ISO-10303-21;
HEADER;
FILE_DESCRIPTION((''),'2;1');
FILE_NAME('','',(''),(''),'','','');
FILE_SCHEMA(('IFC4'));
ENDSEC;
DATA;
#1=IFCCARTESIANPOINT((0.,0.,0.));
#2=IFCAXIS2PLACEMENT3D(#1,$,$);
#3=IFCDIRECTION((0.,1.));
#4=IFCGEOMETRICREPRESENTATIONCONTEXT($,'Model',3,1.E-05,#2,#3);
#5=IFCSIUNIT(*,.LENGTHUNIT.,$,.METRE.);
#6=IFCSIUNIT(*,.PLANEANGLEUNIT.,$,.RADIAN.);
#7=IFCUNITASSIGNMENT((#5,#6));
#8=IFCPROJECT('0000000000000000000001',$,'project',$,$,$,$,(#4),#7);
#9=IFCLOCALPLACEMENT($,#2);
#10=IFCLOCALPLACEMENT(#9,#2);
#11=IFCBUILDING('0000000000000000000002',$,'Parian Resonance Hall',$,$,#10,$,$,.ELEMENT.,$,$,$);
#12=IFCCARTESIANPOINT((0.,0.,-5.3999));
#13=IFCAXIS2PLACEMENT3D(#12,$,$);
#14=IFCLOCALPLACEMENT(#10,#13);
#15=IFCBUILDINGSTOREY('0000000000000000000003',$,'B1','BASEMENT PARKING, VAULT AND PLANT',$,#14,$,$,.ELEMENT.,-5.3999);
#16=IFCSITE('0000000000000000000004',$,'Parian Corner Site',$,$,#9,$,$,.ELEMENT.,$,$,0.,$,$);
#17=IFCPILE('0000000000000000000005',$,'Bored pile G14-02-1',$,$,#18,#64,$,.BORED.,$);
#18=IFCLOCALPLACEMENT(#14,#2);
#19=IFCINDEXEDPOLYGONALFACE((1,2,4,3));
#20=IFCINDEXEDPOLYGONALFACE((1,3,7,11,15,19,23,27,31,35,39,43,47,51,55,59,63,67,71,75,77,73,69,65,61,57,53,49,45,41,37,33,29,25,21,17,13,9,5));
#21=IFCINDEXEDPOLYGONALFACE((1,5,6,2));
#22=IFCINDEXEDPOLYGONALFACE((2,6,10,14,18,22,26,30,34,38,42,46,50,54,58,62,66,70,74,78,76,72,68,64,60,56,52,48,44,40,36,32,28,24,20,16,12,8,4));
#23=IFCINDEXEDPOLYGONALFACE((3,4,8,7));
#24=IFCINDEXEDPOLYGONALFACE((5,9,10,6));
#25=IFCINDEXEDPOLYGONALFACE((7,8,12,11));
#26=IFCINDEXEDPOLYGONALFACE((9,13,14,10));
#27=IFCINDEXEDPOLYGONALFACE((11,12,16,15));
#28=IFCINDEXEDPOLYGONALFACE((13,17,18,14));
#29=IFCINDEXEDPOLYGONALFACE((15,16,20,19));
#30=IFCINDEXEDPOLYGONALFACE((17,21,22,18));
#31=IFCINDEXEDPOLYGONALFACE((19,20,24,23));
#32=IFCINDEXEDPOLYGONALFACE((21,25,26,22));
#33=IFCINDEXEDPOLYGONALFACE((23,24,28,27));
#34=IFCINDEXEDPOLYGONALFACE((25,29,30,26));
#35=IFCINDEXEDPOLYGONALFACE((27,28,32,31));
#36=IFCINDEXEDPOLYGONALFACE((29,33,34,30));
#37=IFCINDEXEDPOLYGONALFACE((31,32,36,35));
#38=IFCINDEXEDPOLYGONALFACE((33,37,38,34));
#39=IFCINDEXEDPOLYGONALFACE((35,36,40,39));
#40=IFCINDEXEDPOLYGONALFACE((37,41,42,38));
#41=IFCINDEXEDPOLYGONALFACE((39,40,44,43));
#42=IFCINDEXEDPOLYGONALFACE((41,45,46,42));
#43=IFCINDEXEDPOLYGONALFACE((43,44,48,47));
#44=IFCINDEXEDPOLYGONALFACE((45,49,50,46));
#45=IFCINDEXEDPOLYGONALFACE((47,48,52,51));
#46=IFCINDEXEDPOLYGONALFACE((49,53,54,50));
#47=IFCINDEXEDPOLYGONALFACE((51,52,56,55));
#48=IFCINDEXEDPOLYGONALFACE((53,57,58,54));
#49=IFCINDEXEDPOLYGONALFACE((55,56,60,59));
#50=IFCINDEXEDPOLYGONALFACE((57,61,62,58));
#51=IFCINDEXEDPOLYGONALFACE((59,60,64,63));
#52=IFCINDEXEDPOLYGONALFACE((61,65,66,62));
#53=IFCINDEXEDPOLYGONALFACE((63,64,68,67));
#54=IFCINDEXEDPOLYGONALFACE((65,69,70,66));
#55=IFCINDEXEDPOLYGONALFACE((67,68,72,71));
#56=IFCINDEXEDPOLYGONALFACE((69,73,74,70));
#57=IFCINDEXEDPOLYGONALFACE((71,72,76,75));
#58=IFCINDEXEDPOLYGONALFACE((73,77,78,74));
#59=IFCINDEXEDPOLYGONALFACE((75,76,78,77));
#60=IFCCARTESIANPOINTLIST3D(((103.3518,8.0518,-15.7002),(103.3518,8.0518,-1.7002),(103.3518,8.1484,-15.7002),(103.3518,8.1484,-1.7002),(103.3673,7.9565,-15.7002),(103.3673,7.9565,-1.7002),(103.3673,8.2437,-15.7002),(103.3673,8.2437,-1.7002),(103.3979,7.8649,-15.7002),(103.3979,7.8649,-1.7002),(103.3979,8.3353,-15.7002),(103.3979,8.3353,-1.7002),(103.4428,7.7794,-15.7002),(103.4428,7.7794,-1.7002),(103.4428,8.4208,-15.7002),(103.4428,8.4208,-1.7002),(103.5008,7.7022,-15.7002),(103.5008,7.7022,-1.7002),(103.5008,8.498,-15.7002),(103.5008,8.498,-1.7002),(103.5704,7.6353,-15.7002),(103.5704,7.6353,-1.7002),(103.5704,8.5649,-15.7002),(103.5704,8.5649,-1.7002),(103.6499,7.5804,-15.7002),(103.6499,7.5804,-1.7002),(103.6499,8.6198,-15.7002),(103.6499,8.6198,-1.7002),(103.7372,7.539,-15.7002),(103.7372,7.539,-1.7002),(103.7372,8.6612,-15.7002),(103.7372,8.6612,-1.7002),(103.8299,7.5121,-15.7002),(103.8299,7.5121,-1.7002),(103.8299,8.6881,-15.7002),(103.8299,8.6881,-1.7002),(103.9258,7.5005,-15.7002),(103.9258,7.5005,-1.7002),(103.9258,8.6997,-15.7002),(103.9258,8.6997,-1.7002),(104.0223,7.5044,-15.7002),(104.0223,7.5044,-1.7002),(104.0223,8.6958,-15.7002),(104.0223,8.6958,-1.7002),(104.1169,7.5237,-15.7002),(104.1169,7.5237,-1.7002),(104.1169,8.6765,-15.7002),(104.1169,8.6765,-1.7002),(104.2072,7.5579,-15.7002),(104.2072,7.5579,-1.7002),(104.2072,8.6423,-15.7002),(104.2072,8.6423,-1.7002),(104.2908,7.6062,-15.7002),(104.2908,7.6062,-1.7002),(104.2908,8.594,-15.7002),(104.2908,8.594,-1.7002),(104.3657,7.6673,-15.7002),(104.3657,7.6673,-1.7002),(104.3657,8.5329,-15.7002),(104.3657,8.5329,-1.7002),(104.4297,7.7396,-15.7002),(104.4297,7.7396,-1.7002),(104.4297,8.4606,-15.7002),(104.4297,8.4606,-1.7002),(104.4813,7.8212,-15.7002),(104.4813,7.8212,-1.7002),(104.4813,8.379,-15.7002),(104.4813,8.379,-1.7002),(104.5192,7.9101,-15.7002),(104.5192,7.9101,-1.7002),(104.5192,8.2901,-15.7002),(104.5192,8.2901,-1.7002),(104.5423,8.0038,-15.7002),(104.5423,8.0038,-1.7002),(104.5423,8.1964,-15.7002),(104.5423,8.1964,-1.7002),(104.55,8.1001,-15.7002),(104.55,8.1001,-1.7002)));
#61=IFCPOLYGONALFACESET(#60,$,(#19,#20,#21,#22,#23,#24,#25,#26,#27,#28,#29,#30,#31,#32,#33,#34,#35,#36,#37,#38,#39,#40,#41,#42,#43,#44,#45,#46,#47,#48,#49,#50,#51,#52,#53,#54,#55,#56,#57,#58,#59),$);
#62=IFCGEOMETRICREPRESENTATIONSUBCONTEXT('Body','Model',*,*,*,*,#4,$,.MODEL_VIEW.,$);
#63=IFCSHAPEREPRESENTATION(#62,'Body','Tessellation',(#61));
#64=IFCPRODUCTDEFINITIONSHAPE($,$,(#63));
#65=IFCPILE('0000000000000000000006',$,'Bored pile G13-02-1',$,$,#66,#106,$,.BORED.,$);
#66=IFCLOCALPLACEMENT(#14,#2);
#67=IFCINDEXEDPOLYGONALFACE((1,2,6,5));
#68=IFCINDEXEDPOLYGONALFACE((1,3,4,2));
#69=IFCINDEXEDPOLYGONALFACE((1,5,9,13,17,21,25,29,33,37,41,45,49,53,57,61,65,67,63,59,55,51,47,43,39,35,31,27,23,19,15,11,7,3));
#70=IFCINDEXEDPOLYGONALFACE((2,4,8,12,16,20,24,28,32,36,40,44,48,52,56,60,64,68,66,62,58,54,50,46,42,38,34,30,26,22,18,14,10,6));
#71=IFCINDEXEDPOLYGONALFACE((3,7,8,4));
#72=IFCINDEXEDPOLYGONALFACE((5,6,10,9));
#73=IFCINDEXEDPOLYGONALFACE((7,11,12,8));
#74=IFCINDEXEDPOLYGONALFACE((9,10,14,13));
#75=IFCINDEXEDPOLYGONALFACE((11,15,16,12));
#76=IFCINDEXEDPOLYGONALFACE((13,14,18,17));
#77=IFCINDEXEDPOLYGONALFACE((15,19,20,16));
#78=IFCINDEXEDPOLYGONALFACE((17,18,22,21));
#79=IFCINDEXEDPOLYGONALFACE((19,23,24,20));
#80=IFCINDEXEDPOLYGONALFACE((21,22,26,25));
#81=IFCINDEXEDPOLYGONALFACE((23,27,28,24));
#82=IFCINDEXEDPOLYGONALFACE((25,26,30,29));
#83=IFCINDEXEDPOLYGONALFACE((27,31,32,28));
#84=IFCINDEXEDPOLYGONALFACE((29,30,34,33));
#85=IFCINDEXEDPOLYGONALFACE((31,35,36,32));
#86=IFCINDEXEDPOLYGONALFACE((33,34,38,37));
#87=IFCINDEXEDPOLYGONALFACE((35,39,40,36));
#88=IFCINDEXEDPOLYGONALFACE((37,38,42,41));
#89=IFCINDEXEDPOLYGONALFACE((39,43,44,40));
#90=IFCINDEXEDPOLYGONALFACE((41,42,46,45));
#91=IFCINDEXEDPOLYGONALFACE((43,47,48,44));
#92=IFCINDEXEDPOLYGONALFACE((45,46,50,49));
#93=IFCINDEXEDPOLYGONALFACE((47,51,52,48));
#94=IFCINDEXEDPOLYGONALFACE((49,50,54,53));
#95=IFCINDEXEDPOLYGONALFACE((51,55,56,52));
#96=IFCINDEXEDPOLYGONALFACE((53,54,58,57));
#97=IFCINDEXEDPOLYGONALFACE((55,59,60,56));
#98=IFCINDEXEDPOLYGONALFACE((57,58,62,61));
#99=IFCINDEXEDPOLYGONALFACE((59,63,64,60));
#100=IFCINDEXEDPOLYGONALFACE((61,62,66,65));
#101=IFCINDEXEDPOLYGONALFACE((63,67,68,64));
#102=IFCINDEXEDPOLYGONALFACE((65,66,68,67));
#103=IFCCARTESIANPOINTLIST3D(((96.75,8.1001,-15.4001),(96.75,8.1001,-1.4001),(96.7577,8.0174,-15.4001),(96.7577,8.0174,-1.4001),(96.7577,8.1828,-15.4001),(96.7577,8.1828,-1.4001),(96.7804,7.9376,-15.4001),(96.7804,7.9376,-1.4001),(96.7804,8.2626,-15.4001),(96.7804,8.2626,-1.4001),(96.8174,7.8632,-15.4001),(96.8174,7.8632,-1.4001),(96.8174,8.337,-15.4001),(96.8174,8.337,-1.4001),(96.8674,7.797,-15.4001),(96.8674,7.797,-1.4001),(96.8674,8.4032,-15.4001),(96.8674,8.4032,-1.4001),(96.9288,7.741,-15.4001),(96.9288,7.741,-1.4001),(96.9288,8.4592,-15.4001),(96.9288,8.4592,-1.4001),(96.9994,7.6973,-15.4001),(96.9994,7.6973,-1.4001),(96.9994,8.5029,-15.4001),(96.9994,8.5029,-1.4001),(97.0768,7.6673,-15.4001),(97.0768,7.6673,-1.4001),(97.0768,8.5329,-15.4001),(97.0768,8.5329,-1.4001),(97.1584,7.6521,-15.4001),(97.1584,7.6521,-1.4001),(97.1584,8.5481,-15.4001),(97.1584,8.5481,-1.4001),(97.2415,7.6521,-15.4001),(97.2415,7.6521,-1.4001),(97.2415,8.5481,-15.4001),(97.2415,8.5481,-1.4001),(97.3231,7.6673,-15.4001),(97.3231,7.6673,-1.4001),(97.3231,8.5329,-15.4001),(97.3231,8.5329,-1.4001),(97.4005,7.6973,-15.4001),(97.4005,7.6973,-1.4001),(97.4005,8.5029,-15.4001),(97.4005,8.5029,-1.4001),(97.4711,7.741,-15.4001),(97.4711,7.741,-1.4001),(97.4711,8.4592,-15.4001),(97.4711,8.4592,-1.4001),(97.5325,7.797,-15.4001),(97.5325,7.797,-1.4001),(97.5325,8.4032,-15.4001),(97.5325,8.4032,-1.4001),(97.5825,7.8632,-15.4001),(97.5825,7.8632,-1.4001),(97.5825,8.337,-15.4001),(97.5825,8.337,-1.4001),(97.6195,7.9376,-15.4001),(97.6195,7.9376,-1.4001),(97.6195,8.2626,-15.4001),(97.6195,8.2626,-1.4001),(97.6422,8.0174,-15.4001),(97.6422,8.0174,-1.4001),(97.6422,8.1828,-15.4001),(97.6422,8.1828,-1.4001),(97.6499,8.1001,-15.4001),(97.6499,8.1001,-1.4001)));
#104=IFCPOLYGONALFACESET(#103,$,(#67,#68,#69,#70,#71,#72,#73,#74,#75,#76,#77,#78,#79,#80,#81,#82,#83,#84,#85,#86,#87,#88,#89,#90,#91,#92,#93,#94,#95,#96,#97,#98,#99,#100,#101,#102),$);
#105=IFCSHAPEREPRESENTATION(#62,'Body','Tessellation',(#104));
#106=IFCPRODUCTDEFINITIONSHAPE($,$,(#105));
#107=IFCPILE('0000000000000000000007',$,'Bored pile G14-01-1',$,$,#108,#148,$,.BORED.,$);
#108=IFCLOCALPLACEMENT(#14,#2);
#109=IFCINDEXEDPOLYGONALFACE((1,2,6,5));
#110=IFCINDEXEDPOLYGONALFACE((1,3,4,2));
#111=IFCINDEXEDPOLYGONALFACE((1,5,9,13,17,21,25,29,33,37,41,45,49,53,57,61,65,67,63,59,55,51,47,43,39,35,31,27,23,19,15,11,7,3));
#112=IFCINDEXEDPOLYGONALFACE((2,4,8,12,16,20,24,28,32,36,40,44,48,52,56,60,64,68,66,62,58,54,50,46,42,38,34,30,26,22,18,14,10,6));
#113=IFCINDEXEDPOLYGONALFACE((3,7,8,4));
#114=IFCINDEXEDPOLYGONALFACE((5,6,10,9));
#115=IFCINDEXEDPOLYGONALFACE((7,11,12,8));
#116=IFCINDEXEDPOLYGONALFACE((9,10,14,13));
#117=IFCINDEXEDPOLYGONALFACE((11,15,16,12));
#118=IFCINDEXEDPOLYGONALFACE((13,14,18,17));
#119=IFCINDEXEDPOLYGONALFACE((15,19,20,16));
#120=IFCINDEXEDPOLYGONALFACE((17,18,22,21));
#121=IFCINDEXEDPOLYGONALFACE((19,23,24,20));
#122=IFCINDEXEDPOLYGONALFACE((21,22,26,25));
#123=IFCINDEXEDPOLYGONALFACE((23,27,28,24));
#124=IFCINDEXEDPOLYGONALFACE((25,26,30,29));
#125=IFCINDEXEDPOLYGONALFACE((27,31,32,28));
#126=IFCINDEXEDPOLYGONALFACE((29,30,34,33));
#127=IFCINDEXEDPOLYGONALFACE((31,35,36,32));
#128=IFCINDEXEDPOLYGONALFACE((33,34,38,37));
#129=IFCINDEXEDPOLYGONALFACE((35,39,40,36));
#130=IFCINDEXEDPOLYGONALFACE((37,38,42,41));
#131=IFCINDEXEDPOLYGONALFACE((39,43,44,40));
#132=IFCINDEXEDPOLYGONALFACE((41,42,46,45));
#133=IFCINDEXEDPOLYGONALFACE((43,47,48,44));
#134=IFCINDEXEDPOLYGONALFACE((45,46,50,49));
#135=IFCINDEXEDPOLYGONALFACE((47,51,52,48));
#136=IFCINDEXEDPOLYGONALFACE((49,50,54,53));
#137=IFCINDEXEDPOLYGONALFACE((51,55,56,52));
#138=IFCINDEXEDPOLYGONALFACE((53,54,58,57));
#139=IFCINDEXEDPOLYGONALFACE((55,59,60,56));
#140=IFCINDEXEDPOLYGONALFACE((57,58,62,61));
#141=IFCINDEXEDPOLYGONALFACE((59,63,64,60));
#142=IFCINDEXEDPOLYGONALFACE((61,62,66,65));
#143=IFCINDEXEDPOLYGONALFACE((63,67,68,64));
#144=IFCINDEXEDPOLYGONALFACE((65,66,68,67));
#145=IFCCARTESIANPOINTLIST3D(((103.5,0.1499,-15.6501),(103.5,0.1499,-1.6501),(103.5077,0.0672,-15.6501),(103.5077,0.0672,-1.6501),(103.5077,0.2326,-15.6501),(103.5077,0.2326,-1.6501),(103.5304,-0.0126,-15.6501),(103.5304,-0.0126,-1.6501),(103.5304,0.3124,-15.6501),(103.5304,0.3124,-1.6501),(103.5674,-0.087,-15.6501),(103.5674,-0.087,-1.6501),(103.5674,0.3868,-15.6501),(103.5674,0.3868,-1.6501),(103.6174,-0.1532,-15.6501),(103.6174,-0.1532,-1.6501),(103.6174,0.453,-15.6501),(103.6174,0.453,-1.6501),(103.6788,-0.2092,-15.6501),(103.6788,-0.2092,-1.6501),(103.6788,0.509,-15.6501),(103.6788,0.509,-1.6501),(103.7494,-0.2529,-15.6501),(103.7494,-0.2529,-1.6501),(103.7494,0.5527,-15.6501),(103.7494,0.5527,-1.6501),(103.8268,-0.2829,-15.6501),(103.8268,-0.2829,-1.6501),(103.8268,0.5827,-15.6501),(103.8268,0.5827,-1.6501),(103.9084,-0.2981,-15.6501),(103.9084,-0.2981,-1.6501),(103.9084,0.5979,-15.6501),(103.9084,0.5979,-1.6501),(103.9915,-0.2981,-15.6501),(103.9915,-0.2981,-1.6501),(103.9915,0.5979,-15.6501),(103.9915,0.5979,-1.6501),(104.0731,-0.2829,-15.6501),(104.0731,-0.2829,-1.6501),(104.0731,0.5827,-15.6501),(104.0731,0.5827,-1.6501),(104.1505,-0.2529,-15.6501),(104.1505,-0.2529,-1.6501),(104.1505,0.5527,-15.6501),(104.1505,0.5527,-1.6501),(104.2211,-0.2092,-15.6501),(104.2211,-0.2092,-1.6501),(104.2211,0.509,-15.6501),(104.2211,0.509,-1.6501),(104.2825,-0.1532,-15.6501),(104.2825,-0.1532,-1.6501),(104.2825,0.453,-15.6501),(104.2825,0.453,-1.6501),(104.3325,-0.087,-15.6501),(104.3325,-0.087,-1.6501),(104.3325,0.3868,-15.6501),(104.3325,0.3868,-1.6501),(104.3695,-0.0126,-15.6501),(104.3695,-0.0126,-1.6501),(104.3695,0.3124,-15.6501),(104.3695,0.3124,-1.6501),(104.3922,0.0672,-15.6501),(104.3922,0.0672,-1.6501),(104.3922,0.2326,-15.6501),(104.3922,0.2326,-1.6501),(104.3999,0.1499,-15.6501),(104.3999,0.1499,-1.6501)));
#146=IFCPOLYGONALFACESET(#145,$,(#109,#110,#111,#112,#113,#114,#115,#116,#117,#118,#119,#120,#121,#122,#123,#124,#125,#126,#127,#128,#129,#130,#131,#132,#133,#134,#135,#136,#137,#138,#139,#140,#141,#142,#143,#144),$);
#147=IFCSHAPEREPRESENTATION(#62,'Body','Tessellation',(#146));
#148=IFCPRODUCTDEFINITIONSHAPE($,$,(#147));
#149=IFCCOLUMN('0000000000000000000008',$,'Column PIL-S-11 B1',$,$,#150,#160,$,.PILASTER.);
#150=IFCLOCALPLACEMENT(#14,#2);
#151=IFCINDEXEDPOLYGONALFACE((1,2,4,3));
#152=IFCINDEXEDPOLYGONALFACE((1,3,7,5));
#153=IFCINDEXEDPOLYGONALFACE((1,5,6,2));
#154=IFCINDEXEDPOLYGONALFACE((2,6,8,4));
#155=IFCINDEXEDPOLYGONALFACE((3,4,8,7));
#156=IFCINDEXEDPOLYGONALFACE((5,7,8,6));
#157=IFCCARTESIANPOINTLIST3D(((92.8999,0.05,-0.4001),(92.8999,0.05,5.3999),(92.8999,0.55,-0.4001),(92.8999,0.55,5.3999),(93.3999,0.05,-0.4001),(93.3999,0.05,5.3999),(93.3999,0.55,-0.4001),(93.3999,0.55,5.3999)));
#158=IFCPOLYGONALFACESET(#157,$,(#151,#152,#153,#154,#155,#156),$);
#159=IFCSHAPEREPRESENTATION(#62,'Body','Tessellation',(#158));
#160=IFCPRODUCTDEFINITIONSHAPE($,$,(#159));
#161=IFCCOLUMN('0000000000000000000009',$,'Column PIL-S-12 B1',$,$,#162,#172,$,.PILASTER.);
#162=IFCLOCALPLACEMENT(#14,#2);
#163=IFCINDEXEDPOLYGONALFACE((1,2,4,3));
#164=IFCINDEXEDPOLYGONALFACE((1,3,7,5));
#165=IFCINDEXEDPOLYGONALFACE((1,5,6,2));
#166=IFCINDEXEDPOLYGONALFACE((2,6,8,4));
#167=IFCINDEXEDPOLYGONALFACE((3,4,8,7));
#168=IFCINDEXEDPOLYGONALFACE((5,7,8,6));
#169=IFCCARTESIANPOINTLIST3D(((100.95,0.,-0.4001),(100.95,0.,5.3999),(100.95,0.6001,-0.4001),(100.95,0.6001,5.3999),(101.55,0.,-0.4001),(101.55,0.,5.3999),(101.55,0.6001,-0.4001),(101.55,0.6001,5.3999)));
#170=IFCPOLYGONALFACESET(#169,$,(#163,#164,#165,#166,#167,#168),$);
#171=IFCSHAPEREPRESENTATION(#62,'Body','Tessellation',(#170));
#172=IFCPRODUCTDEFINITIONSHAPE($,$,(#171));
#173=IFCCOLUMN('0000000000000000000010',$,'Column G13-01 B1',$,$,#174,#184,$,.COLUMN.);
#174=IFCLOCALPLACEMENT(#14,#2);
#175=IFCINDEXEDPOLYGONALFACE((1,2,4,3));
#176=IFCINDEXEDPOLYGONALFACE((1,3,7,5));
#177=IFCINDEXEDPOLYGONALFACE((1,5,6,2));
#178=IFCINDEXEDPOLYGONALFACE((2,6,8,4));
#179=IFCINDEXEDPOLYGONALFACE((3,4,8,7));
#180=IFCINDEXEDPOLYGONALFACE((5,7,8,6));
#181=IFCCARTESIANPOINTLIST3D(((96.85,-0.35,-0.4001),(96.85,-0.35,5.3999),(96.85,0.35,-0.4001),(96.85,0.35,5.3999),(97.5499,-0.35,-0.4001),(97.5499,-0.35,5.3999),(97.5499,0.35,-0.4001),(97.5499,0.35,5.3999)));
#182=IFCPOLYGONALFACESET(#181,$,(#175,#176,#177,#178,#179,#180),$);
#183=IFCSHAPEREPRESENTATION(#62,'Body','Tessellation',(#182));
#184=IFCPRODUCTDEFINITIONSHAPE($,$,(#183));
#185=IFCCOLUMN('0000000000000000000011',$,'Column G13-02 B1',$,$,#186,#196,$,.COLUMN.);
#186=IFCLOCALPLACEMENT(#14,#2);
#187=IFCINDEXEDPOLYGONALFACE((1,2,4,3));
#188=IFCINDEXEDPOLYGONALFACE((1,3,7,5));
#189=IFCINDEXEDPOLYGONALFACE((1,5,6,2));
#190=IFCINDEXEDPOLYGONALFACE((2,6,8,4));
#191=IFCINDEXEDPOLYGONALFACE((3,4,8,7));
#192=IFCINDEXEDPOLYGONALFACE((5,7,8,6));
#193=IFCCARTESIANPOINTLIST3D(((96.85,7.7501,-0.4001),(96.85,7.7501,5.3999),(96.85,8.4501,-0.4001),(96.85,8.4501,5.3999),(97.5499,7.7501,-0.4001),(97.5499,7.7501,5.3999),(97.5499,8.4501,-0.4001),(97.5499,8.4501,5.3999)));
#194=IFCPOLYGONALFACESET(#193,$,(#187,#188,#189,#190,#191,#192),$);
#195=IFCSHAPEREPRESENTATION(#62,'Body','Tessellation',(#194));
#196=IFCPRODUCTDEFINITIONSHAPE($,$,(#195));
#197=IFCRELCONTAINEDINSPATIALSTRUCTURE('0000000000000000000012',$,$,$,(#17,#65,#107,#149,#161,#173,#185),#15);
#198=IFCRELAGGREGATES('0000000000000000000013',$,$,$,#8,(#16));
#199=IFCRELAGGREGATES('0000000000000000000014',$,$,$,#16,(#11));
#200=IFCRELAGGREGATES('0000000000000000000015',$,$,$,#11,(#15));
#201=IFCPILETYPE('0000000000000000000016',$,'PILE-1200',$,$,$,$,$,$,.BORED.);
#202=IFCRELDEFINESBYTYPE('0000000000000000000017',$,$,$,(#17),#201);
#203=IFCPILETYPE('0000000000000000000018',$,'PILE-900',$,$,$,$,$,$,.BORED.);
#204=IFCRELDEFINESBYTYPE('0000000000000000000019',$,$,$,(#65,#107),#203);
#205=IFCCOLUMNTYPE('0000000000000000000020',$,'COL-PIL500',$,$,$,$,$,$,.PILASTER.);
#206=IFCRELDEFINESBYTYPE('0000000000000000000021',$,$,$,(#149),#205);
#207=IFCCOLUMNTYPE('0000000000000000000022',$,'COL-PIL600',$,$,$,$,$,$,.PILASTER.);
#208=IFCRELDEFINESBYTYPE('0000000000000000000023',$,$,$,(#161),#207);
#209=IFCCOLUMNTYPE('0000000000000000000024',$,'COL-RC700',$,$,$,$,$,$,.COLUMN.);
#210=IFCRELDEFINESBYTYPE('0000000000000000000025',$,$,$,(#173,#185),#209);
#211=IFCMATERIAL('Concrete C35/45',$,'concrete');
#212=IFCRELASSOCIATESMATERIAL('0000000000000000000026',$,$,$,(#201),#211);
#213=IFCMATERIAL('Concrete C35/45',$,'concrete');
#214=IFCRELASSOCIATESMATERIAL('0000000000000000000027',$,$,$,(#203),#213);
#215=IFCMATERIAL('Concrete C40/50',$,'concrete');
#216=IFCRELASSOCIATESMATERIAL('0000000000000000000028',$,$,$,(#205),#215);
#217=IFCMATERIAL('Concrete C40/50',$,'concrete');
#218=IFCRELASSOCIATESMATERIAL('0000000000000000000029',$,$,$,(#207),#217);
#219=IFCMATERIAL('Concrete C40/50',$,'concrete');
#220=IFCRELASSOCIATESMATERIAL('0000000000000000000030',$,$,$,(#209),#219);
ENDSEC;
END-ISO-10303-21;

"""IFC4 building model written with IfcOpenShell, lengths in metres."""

from ifc_helpers import new_model, si_unit, direction, frame, origin, origin_2d, place, context, subcontext, project, spatial, rectangle, circle, extrude, material, material_profile, profile_set, type_object, element, save


model = new_model("IFC4")

# Units and contexts
model_context = context("Model", 3, precision=1e-05, world=origin(), true_north=direction((0.0, 1.0)))
body_context = subcontext(model_context, "Body", "Model", "MODEL_VIEW")
ifc_project = project(units=[si_unit("LENGTHUNIT", "METRE"), si_unit("PLANEANGLEUNIT", "RADIAN")], contexts=[model_context])

# Site, building, storey
site_placement = place(None, origin())
site = spatial("IfcSite", under=ifc_project, at=site_placement, Name="Parian Corner Site", CompositionType="ELEMENT", RefElevation=0.0)
building_placement = place(site_placement, origin())
building = spatial("IfcBuilding", under=site, at=building_placement, Name="Parian Resonance Hall", CompositionType="ELEMENT")
storey_placement = place(building_placement, frame((0.0, 0.0, -5.3999)))
storey = spatial("IfcBuildingStorey", under=building, at=storey_placement, Name="B1", Description="BASEMENT PARKING, VAULT AND PLANT", CompositionType="ELEMENT", Elevation=-5.3999)

# Piles
ifc_material_1 = material(Name="Concrete C35/45", Category="concrete")
ifc_material_profile_1 = material_profile(ifc_material_1, circle(Radius=0.6001, at=origin_2d()), Name="PILE-D1200")
ifc_profile_set_1 = profile_set([ifc_material_profile_1], Name="Concrete C35/45")
pile_type_1 = type_object("IfcPileType", Name="PILE-1200", PredefinedType="BORED", material=ifc_profile_set_1)
for number, where, z_axis, x_axis, name in (
    (1, (103.95, 8.1001, -1.7002), (0.0, 0.0, -1.0), (1.0, 0.0, 0.0), "Bored pile G14-02-1"),
):
    element("IfcPile", number, at=place(storey_placement, frame(where, z_axis=z_axis, x_axis=x_axis)), inside=storey, type_object=pile_type_1, Name=name, PredefinedType="BORED", context=body_context, shape_type="SweptSolid", body=[
        extrude(circle(Radius=0.6001, at=origin_2d()), origin(), (0.0, 0.0, 1.0), 14.0),
    ])
ifc_material_2 = material(Name="Concrete C35/45", Category="concrete")
ifc_material_profile_2 = material_profile(ifc_material_2, circle(Radius=0.45, at=origin_2d()), Name="PILE-D900")
ifc_profile_set_2 = profile_set([ifc_material_profile_2], Name="Concrete C35/45")
pile_type_2 = type_object("IfcPileType", Name="PILE-900", PredefinedType="BORED", material=ifc_profile_set_2)
for number, where, z_axis, x_axis, name in (
    (2, (97.2, 8.1001, -1.4001), (0.0, 0.0, -1.0), (1.0, 0.0, 0.0), "Bored pile G13-02-1"),
    (3, (103.95, 0.1499, -1.6501), (0.0, 0.0, -1.0), (1.0, 0.0, 0.0), "Bored pile G14-01-1"),
):
    element("IfcPile", number, at=place(storey_placement, frame(where, z_axis=z_axis, x_axis=x_axis)), inside=storey, type_object=pile_type_2, Name=name, PredefinedType="BORED", context=body_context, shape_type="SweptSolid", body=[
        extrude(circle(Radius=0.45, at=origin_2d()), origin(), (0.0, 0.0, 1.0), 14.0),
    ])

# Columns
ifc_material_3 = material(Name="Concrete C40/50", Category="concrete")
ifc_material_profile_3 = material_profile(ifc_material_3, rectangle(XDim=0.5, YDim=0.5, at=origin_2d()), Name="RC-COL-500x500")
ifc_profile_set_3 = profile_set([ifc_material_profile_3], Name="Concrete C40/50")
column_type_1 = type_object("IfcColumnType", Name="COL-PIL500", PredefinedType="PILASTER", material=ifc_profile_set_3)
column_1_placement = place(storey_placement, frame((93.1499, 0.3, -0.4001), z_axis=(0.0, 0.0, 1.0), x_axis=(1.0, 0.0, 0.0)))
element("IfcColumn", 4, at=column_1_placement, inside=storey, type_object=column_type_1, Name="Column PIL-S-11 B1", PredefinedType="PILASTER", context=body_context, shape_type="SweptSolid", body=[
    extrude(rectangle(XDim=0.5, YDim=0.5, at=origin_2d()), origin(), (0.0, 0.0, 1.0), 5.8),
])
ifc_material_4 = material(Name="Concrete C40/50", Category="concrete")
ifc_material_profile_4 = material_profile(ifc_material_4, rectangle(XDim=0.6001, YDim=0.6001, at=origin_2d()), Name="RC-COL-600x600")
ifc_profile_set_4 = profile_set([ifc_material_profile_4], Name="Concrete C40/50")
column_type_2 = type_object("IfcColumnType", Name="COL-PIL600", PredefinedType="PILASTER", material=ifc_profile_set_4)
column_2_placement = place(storey_placement, frame((101.25, 0.3, -0.4001), z_axis=(0.0, 0.0, 1.0), x_axis=(1.0, 0.0, 0.0)))
element("IfcColumn", 5, at=column_2_placement, inside=storey, type_object=column_type_2, Name="Column PIL-S-12 B1", PredefinedType="PILASTER", context=body_context, shape_type="SweptSolid", body=[
    extrude(rectangle(XDim=0.6001, YDim=0.6001, at=origin_2d()), origin(), (0.0, 0.0, 1.0), 5.8),
])
ifc_material_5 = material(Name="Concrete C40/50", Category="concrete")
ifc_material_profile_5 = material_profile(ifc_material_5, rectangle(XDim=0.7, YDim=0.7, at=origin_2d()), Name="RC-COL-700x700")
ifc_profile_set_5 = profile_set([ifc_material_profile_5], Name="Concrete C40/50")
column_type_3 = type_object("IfcColumnType", Name="COL-RC700", PredefinedType="COLUMN", material=ifc_profile_set_5)
for number, where, z_axis, x_axis, name in (
    (6, (97.2, 0.0, -0.4001), (0.0, 0.0, 1.0), (1.0, 0.0, 0.0), "Column G13-01 B1"),
    (7, (97.2, 8.1001, -0.4001), (0.0, 0.0, 1.0), (1.0, 0.0, 0.0), "Column G13-02 B1"),
):
    element("IfcColumn", number, at=place(storey_placement, frame(where, z_axis=z_axis, x_axis=x_axis)), inside=storey, type_object=column_type_3, Name=name, PredefinedType="COLUMN", context=body_context, shape_type="SweptSolid", body=[
        extrude(rectangle(XDim=0.7, YDim=0.7, at=origin_2d()), origin(), (0.0, 0.0, 1.0), 5.8),
    ])

save(model, "model.ifc")
